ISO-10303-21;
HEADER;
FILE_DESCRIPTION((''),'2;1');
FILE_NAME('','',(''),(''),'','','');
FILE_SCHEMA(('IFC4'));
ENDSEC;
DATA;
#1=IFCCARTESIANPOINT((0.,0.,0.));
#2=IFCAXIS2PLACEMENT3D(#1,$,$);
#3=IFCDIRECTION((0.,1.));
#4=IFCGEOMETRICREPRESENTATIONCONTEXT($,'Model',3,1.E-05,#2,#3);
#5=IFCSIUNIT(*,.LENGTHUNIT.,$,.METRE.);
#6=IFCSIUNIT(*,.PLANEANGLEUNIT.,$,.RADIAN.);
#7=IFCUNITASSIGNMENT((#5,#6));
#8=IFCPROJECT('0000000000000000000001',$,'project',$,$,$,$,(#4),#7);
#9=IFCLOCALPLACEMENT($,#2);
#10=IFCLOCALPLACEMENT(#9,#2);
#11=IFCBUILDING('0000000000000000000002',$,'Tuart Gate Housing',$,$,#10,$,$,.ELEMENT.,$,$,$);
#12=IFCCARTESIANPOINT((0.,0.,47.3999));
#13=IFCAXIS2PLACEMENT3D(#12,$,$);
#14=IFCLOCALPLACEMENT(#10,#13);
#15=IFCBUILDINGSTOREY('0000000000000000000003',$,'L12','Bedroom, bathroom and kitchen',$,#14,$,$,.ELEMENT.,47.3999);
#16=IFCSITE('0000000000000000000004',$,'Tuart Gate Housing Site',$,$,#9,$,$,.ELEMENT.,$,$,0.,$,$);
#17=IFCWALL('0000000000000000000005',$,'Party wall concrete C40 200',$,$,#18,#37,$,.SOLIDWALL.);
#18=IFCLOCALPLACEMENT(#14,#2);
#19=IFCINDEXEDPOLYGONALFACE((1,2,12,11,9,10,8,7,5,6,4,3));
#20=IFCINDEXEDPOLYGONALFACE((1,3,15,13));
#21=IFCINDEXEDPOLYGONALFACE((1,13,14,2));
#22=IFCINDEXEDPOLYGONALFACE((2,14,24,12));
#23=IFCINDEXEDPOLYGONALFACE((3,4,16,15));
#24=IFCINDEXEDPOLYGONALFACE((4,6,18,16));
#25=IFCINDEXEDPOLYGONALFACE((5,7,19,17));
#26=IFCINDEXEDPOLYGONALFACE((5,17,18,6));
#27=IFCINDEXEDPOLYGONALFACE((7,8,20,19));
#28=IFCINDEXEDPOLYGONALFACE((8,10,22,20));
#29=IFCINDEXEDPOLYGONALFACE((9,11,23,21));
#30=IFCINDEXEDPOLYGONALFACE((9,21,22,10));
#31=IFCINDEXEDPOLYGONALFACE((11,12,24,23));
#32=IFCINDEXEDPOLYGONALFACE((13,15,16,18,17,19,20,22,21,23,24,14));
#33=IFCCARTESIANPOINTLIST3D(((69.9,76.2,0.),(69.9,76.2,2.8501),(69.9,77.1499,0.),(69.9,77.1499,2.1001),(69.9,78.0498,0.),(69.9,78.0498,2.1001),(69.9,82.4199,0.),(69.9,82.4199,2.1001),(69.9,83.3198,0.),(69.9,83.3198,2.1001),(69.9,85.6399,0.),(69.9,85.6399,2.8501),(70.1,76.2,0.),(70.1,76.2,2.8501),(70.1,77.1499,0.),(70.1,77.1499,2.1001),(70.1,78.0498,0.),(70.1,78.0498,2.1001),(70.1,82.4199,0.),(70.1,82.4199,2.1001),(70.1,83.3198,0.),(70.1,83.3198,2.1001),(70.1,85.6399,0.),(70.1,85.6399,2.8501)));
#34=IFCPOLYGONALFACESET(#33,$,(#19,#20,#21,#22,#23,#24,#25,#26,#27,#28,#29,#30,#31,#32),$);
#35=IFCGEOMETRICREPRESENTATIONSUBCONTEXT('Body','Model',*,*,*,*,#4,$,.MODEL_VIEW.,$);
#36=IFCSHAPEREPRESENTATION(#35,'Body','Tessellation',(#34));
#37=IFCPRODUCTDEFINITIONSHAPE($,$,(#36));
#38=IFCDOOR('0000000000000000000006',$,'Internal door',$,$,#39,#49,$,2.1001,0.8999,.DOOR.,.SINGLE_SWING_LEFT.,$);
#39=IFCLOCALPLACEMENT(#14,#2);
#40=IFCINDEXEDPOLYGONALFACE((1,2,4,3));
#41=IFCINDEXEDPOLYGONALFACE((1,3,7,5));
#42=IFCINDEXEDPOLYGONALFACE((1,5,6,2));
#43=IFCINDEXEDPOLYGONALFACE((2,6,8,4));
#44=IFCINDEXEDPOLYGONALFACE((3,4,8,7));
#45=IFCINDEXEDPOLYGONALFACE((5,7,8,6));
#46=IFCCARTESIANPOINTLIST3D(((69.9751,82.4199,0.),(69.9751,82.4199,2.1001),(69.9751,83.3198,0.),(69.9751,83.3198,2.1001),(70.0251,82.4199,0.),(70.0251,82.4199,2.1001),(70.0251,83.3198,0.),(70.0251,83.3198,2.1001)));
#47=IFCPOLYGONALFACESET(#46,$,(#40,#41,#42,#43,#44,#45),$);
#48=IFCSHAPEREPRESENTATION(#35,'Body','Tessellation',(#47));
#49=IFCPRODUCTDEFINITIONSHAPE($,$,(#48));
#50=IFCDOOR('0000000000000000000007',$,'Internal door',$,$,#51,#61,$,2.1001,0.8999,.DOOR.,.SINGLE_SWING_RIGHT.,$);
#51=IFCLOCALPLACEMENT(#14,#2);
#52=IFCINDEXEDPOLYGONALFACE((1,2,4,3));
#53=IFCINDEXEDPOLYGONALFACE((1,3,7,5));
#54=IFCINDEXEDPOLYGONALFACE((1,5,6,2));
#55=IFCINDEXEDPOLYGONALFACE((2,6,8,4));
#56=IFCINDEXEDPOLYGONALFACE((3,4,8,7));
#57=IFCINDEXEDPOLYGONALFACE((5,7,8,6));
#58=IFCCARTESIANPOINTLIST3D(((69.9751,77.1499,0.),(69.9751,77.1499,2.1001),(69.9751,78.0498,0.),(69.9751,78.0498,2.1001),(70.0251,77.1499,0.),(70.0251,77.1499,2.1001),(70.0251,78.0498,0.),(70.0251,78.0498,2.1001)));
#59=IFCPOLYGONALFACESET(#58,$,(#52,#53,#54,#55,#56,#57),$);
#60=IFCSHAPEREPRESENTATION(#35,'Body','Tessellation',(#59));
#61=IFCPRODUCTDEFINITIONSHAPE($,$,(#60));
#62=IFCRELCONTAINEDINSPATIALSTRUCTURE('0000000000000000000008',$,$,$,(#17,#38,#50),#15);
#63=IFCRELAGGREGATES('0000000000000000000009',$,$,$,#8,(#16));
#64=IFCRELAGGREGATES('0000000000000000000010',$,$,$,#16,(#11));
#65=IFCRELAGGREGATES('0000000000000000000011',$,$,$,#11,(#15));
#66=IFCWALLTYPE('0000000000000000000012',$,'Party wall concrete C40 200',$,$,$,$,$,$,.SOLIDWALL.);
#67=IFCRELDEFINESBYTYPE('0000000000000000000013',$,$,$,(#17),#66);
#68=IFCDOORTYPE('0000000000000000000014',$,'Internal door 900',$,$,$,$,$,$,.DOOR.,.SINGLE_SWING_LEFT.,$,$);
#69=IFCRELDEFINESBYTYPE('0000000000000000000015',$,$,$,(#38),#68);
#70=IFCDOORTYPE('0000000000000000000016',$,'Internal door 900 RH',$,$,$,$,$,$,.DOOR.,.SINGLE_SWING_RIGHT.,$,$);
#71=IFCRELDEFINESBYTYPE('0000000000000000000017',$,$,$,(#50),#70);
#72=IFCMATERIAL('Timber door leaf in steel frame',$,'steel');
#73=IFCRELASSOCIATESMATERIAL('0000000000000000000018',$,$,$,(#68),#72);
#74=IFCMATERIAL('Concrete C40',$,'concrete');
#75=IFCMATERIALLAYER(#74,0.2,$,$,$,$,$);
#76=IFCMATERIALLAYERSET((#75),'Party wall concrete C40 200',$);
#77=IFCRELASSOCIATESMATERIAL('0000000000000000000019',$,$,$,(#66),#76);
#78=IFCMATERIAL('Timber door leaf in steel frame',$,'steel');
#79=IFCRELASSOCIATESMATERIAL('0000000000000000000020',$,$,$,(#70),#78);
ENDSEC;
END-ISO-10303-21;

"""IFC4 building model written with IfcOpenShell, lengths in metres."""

from ifc_helpers import new_model, si_unit, direction, frame, frame_2d, origin, place, context, subcontext, project, spatial, rectangle, extrude, material, layer, layer_set, type_object, element, fill, save


model = new_model("IFC4")

# Units and contexts
model_context = context("Model", 3, precision=1e-05, world=origin(), true_north=direction((0.0, 1.0)))
body_context = subcontext(model_context, "Body", "Model", "MODEL_VIEW")
ifc_project = project(units=[si_unit("LENGTHUNIT", "METRE"), si_unit("PLANEANGLEUNIT", "RADIAN")], contexts=[model_context])

# Site, building, storey
site_placement = place(None, origin())
site = spatial("IfcSite", under=ifc_project, at=site_placement, Name="Tuart Gate Housing Site", CompositionType="ELEMENT", RefElevation=0.0)
building_placement = place(site_placement, origin())
building = spatial("IfcBuilding", under=site, at=building_placement, Name="Tuart Gate Housing", CompositionType="ELEMENT")
storey_placement = place(building_placement, frame((0.0, 0.0, 47.3999)))
storey = spatial("IfcBuildingStorey", under=building, at=storey_placement, Name="L12", Description="Bedroom, bathroom and kitchen", CompositionType="ELEMENT", Elevation=47.3999)

# Shared definitions
ifc_material_1 = material(Name="Timber door leaf in steel frame", Category="steel")
door_type_1 = type_object("IfcDoorType", Name="Internal door 900", OperationType="SINGLE_SWING_LEFT", PredefinedType="DOOR", material=ifc_material_1)

# Shared definitions
ifc_material_2 = material(Name="Concrete C40", Category="concrete")
ifc_layer_1 = layer(ifc_material_2, 0.2)
ifc_layer_set_1 = layer_set([ifc_layer_1], Name="Party wall concrete C40 200")
wall_type_1 = type_object("IfcWallType", Name="Party wall concrete C40 200", PredefinedType="SOLIDWALL", material=ifc_layer_set_1)

# Wall, openings, doors
wall_1_placement = place(storey_placement, frame((70.0, 76.2, 0.0), z_axis=(0.0, 0.0, 1.0), x_axis=(0.0, 1.0, 0.0)))
wall_1 = element("IfcWall", 1, at=wall_1_placement, inside=storey, type_object=wall_type_1, Name="Party wall concrete C40 200", PredefinedType="SOLIDWALL", context=body_context, shape_type="SweptSolid", body=[
    extrude(rectangle(XDim=9.4399, YDim=0.2, at=frame_2d((4.72, 0.0))), origin(), (0.0, 0.0, 1.0), 2.8501),
])
opening_1_placement = place(wall_1_placement, frame((6.22, 0.0, 0.0)))
opening_1 = element("IfcOpeningElement", 2, at=opening_1_placement, cuts=wall_1, PredefinedType="OPENING", context=body_context, shape_type="SweptSolid", body=[
    extrude(rectangle(XDim=0.8999, YDim=2.1001, at=frame_2d((0.45, 1.05))), frame((0.0, 0.1099, 0.0), z_axis=(0.0, -1.0, 0.0), x_axis=(1.0, 0.0, 0.0)), (0.0, 0.0, 1.0), 0.22),
])
opening_2_placement = place(wall_1_placement, frame((0.95, 0.0, 0.0)))
opening_2 = element("IfcOpeningElement", 3, at=opening_2_placement, cuts=wall_1, PredefinedType="OPENING", context=body_context, shape_type="SweptSolid", body=[
    extrude(rectangle(XDim=0.8999, YDim=2.1001, at=frame_2d((0.45, 1.05))), frame((0.0, 0.1099, 0.0), z_axis=(0.0, -1.0, 0.0), x_axis=(1.0, 0.0, 0.0)), (0.0, 0.0, 1.0), 0.22),
])
door_1_placement = place(opening_1_placement, frame((0.8999, 0.0, 0.0), z_axis=(0.0, 0.0, 1.0), x_axis=(-1.0, 0.0, 0.0)))
door_1 = element("IfcDoor", 4, at=door_1_placement, inside=storey, type_object=door_type_1, Name="Internal door", OperationType="SINGLE_SWING_LEFT", OverallHeight=2.1001, OverallWidth=0.8999, PredefinedType="DOOR", context=body_context, shape_type="SweptSolid", body=[
    extrude(rectangle(XDim=0.8999, YDim=2.1001, at=frame_2d((0.45, 1.05))), frame((0.0, 0.0251, 0.0), z_axis=(0.0, -1.0, 0.0), x_axis=(1.0, 0.0, 0.0)), (0.0, 0.0, 1.0), 0.05),
])
fill(opening_1, door_1)
ifc_material_3 = material(Name="Timber door leaf in steel frame", Category="steel")
door_type_2 = type_object("IfcDoorType", Name="Internal door 900 RH", OperationType="SINGLE_SWING_RIGHT", PredefinedType="DOOR", material=ifc_material_3)
door_2_placement = place(opening_2_placement, frame((0.8999, 0.0, 0.0), z_axis=(0.0, 0.0, 1.0), x_axis=(-1.0, 0.0, 0.0)))
door_2 = element("IfcDoor", 5, at=door_2_placement, inside=storey, type_object=door_type_2, Name="Internal door", OperationType="SINGLE_SWING_RIGHT", OverallHeight=2.1001, OverallWidth=0.8999, PredefinedType="DOOR", context=body_context, shape_type="SweptSolid", body=[
    extrude(rectangle(XDim=0.8999, YDim=2.1001, at=frame_2d((0.45, 1.05))), frame((0.0, 0.0251, 0.0), z_axis=(0.0, -1.0, 0.0), x_axis=(1.0, 0.0, 0.0)), (0.0, 0.0, 1.0), 0.05),
])
fill(opening_2, door_2)

save(model, "model.ifc")
